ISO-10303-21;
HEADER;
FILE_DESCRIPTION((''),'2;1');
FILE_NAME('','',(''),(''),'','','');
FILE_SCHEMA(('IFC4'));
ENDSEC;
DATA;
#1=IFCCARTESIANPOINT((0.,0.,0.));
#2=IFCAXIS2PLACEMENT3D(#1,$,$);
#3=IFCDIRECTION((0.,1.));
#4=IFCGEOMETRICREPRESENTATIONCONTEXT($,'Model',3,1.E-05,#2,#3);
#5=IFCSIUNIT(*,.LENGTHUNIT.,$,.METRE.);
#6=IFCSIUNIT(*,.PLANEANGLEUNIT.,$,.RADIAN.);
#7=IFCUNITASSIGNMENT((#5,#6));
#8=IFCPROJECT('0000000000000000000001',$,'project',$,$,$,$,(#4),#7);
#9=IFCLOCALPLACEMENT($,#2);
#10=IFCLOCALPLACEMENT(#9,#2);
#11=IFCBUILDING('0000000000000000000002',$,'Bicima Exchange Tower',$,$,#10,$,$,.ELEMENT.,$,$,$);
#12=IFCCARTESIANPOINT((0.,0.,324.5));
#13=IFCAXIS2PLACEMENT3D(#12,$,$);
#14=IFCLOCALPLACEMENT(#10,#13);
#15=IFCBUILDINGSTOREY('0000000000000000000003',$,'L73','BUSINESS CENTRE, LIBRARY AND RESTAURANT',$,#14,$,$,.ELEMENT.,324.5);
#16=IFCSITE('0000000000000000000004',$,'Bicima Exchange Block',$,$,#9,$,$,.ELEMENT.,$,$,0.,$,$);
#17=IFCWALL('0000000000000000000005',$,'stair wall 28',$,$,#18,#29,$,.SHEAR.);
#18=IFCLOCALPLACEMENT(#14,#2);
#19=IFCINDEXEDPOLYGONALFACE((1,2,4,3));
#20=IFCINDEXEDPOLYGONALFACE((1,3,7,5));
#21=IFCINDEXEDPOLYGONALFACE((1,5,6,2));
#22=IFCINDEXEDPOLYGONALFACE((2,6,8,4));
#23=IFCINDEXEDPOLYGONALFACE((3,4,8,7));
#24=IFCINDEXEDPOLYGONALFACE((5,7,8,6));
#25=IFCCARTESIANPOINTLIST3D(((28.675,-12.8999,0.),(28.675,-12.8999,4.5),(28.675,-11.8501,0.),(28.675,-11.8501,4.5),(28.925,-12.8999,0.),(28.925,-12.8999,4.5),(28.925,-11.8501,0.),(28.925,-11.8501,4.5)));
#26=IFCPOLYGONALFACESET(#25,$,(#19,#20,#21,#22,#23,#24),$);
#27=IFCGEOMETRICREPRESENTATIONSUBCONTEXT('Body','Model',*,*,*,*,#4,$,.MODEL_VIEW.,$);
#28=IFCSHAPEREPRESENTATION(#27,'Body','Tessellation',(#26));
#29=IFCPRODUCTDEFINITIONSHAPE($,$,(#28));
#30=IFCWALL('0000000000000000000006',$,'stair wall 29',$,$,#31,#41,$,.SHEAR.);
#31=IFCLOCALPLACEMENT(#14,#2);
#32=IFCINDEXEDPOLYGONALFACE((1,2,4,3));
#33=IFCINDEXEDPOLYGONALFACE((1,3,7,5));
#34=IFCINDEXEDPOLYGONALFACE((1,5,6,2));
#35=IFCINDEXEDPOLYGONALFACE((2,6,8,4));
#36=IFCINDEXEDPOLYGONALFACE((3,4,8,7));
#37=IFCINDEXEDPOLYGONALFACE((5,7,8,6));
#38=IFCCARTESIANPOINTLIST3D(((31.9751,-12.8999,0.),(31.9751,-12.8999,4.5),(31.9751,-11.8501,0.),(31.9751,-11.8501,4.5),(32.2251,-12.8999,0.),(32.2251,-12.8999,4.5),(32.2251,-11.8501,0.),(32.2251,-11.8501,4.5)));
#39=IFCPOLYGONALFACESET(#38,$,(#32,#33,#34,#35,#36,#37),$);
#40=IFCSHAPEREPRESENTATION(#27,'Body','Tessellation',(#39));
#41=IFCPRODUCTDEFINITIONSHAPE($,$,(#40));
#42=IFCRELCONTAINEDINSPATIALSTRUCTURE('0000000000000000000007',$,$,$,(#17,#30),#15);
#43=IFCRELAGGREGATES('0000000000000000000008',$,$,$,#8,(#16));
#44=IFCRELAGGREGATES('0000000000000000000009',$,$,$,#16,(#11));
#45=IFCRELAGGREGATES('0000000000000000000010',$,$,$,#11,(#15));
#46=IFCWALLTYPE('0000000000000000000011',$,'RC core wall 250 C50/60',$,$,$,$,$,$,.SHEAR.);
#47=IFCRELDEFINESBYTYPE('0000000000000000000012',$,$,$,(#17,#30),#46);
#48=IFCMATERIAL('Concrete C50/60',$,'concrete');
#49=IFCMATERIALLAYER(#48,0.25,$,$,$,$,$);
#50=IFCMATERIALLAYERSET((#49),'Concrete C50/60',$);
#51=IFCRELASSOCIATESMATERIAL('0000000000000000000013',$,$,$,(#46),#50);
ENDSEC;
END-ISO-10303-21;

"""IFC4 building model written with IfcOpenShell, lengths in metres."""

from ifc_helpers import new_model, si_unit, direction, frame, frame_2d, origin, place, context, subcontext, project, spatial, rectangle, extrude, material, layer, layer_set, type_object, element, save


model = new_model("IFC4")

# Units and contexts
model_context = context("Model", 3, precision=1e-05, world=origin(), true_north=direction((0.0, 1.0)))
body_context = subcontext(model_context, "Body", "Model", "MODEL_VIEW")
ifc_project = project(units=[si_unit("LENGTHUNIT", "METRE"), si_unit("PLANEANGLEUNIT", "RADIAN")], contexts=[model_context])

# Site, building, storey
site_placement = place(None, origin())
site = spatial("IfcSite", under=ifc_project, at=site_placement, Name="Bicima Exchange Block", CompositionType="ELEMENT", RefElevation=0.0)
building_placement = place(site_placement, origin())
building = spatial("IfcBuilding", under=site, at=building_placement, Name="Bicima Exchange Tower", CompositionType="ELEMENT")
storey_placement = place(building_placement, frame((0.0, 0.0, 324.5)))
storey = spatial("IfcBuildingStorey", under=building, at=storey_placement, Name="L73", Description="BUSINESS CENTRE, LIBRARY AND RESTAURANT", CompositionType="ELEMENT", Elevation=324.5)

# Walls
ifc_material_1 = material(Name="Concrete C50/60", Category="concrete")
ifc_layer_1 = layer(ifc_material_1, 0.25)
ifc_layer_set_1 = layer_set([ifc_layer_1], Name="Concrete C50/60")
wall_type_1 = type_object("IfcWallType", Name="RC core wall 250 C50/60", PredefinedType="SHEAR", material=ifc_layer_set_1)
for number, where, z_axis, x_axis, name in (
    (1, (28.8, -12.8999, 0.0), (0.0, 0.0, 1.0), (0.0, 1.0, 0.0), "stair wall 28"),
    (2, (32.1001, -12.8999, 0.0), (0.0, 0.0, 1.0), (0.0, 1.0, 0.0), "stair wall 29"),
):
    element("IfcWall", number, at=place(storey_placement, frame(where, z_axis=z_axis, x_axis=x_axis)), inside=storey, type_object=wall_type_1, Name=name, PredefinedType="SHEAR", context=body_context, shape_type="SweptSolid", body=[
        extrude(rectangle(XDim=1.0498, YDim=0.25, at=frame_2d((0.5249, 0.0))), origin(), (0.0, 0.0, 1.0), 4.5),
    ])

save(model, "model.ifc")
